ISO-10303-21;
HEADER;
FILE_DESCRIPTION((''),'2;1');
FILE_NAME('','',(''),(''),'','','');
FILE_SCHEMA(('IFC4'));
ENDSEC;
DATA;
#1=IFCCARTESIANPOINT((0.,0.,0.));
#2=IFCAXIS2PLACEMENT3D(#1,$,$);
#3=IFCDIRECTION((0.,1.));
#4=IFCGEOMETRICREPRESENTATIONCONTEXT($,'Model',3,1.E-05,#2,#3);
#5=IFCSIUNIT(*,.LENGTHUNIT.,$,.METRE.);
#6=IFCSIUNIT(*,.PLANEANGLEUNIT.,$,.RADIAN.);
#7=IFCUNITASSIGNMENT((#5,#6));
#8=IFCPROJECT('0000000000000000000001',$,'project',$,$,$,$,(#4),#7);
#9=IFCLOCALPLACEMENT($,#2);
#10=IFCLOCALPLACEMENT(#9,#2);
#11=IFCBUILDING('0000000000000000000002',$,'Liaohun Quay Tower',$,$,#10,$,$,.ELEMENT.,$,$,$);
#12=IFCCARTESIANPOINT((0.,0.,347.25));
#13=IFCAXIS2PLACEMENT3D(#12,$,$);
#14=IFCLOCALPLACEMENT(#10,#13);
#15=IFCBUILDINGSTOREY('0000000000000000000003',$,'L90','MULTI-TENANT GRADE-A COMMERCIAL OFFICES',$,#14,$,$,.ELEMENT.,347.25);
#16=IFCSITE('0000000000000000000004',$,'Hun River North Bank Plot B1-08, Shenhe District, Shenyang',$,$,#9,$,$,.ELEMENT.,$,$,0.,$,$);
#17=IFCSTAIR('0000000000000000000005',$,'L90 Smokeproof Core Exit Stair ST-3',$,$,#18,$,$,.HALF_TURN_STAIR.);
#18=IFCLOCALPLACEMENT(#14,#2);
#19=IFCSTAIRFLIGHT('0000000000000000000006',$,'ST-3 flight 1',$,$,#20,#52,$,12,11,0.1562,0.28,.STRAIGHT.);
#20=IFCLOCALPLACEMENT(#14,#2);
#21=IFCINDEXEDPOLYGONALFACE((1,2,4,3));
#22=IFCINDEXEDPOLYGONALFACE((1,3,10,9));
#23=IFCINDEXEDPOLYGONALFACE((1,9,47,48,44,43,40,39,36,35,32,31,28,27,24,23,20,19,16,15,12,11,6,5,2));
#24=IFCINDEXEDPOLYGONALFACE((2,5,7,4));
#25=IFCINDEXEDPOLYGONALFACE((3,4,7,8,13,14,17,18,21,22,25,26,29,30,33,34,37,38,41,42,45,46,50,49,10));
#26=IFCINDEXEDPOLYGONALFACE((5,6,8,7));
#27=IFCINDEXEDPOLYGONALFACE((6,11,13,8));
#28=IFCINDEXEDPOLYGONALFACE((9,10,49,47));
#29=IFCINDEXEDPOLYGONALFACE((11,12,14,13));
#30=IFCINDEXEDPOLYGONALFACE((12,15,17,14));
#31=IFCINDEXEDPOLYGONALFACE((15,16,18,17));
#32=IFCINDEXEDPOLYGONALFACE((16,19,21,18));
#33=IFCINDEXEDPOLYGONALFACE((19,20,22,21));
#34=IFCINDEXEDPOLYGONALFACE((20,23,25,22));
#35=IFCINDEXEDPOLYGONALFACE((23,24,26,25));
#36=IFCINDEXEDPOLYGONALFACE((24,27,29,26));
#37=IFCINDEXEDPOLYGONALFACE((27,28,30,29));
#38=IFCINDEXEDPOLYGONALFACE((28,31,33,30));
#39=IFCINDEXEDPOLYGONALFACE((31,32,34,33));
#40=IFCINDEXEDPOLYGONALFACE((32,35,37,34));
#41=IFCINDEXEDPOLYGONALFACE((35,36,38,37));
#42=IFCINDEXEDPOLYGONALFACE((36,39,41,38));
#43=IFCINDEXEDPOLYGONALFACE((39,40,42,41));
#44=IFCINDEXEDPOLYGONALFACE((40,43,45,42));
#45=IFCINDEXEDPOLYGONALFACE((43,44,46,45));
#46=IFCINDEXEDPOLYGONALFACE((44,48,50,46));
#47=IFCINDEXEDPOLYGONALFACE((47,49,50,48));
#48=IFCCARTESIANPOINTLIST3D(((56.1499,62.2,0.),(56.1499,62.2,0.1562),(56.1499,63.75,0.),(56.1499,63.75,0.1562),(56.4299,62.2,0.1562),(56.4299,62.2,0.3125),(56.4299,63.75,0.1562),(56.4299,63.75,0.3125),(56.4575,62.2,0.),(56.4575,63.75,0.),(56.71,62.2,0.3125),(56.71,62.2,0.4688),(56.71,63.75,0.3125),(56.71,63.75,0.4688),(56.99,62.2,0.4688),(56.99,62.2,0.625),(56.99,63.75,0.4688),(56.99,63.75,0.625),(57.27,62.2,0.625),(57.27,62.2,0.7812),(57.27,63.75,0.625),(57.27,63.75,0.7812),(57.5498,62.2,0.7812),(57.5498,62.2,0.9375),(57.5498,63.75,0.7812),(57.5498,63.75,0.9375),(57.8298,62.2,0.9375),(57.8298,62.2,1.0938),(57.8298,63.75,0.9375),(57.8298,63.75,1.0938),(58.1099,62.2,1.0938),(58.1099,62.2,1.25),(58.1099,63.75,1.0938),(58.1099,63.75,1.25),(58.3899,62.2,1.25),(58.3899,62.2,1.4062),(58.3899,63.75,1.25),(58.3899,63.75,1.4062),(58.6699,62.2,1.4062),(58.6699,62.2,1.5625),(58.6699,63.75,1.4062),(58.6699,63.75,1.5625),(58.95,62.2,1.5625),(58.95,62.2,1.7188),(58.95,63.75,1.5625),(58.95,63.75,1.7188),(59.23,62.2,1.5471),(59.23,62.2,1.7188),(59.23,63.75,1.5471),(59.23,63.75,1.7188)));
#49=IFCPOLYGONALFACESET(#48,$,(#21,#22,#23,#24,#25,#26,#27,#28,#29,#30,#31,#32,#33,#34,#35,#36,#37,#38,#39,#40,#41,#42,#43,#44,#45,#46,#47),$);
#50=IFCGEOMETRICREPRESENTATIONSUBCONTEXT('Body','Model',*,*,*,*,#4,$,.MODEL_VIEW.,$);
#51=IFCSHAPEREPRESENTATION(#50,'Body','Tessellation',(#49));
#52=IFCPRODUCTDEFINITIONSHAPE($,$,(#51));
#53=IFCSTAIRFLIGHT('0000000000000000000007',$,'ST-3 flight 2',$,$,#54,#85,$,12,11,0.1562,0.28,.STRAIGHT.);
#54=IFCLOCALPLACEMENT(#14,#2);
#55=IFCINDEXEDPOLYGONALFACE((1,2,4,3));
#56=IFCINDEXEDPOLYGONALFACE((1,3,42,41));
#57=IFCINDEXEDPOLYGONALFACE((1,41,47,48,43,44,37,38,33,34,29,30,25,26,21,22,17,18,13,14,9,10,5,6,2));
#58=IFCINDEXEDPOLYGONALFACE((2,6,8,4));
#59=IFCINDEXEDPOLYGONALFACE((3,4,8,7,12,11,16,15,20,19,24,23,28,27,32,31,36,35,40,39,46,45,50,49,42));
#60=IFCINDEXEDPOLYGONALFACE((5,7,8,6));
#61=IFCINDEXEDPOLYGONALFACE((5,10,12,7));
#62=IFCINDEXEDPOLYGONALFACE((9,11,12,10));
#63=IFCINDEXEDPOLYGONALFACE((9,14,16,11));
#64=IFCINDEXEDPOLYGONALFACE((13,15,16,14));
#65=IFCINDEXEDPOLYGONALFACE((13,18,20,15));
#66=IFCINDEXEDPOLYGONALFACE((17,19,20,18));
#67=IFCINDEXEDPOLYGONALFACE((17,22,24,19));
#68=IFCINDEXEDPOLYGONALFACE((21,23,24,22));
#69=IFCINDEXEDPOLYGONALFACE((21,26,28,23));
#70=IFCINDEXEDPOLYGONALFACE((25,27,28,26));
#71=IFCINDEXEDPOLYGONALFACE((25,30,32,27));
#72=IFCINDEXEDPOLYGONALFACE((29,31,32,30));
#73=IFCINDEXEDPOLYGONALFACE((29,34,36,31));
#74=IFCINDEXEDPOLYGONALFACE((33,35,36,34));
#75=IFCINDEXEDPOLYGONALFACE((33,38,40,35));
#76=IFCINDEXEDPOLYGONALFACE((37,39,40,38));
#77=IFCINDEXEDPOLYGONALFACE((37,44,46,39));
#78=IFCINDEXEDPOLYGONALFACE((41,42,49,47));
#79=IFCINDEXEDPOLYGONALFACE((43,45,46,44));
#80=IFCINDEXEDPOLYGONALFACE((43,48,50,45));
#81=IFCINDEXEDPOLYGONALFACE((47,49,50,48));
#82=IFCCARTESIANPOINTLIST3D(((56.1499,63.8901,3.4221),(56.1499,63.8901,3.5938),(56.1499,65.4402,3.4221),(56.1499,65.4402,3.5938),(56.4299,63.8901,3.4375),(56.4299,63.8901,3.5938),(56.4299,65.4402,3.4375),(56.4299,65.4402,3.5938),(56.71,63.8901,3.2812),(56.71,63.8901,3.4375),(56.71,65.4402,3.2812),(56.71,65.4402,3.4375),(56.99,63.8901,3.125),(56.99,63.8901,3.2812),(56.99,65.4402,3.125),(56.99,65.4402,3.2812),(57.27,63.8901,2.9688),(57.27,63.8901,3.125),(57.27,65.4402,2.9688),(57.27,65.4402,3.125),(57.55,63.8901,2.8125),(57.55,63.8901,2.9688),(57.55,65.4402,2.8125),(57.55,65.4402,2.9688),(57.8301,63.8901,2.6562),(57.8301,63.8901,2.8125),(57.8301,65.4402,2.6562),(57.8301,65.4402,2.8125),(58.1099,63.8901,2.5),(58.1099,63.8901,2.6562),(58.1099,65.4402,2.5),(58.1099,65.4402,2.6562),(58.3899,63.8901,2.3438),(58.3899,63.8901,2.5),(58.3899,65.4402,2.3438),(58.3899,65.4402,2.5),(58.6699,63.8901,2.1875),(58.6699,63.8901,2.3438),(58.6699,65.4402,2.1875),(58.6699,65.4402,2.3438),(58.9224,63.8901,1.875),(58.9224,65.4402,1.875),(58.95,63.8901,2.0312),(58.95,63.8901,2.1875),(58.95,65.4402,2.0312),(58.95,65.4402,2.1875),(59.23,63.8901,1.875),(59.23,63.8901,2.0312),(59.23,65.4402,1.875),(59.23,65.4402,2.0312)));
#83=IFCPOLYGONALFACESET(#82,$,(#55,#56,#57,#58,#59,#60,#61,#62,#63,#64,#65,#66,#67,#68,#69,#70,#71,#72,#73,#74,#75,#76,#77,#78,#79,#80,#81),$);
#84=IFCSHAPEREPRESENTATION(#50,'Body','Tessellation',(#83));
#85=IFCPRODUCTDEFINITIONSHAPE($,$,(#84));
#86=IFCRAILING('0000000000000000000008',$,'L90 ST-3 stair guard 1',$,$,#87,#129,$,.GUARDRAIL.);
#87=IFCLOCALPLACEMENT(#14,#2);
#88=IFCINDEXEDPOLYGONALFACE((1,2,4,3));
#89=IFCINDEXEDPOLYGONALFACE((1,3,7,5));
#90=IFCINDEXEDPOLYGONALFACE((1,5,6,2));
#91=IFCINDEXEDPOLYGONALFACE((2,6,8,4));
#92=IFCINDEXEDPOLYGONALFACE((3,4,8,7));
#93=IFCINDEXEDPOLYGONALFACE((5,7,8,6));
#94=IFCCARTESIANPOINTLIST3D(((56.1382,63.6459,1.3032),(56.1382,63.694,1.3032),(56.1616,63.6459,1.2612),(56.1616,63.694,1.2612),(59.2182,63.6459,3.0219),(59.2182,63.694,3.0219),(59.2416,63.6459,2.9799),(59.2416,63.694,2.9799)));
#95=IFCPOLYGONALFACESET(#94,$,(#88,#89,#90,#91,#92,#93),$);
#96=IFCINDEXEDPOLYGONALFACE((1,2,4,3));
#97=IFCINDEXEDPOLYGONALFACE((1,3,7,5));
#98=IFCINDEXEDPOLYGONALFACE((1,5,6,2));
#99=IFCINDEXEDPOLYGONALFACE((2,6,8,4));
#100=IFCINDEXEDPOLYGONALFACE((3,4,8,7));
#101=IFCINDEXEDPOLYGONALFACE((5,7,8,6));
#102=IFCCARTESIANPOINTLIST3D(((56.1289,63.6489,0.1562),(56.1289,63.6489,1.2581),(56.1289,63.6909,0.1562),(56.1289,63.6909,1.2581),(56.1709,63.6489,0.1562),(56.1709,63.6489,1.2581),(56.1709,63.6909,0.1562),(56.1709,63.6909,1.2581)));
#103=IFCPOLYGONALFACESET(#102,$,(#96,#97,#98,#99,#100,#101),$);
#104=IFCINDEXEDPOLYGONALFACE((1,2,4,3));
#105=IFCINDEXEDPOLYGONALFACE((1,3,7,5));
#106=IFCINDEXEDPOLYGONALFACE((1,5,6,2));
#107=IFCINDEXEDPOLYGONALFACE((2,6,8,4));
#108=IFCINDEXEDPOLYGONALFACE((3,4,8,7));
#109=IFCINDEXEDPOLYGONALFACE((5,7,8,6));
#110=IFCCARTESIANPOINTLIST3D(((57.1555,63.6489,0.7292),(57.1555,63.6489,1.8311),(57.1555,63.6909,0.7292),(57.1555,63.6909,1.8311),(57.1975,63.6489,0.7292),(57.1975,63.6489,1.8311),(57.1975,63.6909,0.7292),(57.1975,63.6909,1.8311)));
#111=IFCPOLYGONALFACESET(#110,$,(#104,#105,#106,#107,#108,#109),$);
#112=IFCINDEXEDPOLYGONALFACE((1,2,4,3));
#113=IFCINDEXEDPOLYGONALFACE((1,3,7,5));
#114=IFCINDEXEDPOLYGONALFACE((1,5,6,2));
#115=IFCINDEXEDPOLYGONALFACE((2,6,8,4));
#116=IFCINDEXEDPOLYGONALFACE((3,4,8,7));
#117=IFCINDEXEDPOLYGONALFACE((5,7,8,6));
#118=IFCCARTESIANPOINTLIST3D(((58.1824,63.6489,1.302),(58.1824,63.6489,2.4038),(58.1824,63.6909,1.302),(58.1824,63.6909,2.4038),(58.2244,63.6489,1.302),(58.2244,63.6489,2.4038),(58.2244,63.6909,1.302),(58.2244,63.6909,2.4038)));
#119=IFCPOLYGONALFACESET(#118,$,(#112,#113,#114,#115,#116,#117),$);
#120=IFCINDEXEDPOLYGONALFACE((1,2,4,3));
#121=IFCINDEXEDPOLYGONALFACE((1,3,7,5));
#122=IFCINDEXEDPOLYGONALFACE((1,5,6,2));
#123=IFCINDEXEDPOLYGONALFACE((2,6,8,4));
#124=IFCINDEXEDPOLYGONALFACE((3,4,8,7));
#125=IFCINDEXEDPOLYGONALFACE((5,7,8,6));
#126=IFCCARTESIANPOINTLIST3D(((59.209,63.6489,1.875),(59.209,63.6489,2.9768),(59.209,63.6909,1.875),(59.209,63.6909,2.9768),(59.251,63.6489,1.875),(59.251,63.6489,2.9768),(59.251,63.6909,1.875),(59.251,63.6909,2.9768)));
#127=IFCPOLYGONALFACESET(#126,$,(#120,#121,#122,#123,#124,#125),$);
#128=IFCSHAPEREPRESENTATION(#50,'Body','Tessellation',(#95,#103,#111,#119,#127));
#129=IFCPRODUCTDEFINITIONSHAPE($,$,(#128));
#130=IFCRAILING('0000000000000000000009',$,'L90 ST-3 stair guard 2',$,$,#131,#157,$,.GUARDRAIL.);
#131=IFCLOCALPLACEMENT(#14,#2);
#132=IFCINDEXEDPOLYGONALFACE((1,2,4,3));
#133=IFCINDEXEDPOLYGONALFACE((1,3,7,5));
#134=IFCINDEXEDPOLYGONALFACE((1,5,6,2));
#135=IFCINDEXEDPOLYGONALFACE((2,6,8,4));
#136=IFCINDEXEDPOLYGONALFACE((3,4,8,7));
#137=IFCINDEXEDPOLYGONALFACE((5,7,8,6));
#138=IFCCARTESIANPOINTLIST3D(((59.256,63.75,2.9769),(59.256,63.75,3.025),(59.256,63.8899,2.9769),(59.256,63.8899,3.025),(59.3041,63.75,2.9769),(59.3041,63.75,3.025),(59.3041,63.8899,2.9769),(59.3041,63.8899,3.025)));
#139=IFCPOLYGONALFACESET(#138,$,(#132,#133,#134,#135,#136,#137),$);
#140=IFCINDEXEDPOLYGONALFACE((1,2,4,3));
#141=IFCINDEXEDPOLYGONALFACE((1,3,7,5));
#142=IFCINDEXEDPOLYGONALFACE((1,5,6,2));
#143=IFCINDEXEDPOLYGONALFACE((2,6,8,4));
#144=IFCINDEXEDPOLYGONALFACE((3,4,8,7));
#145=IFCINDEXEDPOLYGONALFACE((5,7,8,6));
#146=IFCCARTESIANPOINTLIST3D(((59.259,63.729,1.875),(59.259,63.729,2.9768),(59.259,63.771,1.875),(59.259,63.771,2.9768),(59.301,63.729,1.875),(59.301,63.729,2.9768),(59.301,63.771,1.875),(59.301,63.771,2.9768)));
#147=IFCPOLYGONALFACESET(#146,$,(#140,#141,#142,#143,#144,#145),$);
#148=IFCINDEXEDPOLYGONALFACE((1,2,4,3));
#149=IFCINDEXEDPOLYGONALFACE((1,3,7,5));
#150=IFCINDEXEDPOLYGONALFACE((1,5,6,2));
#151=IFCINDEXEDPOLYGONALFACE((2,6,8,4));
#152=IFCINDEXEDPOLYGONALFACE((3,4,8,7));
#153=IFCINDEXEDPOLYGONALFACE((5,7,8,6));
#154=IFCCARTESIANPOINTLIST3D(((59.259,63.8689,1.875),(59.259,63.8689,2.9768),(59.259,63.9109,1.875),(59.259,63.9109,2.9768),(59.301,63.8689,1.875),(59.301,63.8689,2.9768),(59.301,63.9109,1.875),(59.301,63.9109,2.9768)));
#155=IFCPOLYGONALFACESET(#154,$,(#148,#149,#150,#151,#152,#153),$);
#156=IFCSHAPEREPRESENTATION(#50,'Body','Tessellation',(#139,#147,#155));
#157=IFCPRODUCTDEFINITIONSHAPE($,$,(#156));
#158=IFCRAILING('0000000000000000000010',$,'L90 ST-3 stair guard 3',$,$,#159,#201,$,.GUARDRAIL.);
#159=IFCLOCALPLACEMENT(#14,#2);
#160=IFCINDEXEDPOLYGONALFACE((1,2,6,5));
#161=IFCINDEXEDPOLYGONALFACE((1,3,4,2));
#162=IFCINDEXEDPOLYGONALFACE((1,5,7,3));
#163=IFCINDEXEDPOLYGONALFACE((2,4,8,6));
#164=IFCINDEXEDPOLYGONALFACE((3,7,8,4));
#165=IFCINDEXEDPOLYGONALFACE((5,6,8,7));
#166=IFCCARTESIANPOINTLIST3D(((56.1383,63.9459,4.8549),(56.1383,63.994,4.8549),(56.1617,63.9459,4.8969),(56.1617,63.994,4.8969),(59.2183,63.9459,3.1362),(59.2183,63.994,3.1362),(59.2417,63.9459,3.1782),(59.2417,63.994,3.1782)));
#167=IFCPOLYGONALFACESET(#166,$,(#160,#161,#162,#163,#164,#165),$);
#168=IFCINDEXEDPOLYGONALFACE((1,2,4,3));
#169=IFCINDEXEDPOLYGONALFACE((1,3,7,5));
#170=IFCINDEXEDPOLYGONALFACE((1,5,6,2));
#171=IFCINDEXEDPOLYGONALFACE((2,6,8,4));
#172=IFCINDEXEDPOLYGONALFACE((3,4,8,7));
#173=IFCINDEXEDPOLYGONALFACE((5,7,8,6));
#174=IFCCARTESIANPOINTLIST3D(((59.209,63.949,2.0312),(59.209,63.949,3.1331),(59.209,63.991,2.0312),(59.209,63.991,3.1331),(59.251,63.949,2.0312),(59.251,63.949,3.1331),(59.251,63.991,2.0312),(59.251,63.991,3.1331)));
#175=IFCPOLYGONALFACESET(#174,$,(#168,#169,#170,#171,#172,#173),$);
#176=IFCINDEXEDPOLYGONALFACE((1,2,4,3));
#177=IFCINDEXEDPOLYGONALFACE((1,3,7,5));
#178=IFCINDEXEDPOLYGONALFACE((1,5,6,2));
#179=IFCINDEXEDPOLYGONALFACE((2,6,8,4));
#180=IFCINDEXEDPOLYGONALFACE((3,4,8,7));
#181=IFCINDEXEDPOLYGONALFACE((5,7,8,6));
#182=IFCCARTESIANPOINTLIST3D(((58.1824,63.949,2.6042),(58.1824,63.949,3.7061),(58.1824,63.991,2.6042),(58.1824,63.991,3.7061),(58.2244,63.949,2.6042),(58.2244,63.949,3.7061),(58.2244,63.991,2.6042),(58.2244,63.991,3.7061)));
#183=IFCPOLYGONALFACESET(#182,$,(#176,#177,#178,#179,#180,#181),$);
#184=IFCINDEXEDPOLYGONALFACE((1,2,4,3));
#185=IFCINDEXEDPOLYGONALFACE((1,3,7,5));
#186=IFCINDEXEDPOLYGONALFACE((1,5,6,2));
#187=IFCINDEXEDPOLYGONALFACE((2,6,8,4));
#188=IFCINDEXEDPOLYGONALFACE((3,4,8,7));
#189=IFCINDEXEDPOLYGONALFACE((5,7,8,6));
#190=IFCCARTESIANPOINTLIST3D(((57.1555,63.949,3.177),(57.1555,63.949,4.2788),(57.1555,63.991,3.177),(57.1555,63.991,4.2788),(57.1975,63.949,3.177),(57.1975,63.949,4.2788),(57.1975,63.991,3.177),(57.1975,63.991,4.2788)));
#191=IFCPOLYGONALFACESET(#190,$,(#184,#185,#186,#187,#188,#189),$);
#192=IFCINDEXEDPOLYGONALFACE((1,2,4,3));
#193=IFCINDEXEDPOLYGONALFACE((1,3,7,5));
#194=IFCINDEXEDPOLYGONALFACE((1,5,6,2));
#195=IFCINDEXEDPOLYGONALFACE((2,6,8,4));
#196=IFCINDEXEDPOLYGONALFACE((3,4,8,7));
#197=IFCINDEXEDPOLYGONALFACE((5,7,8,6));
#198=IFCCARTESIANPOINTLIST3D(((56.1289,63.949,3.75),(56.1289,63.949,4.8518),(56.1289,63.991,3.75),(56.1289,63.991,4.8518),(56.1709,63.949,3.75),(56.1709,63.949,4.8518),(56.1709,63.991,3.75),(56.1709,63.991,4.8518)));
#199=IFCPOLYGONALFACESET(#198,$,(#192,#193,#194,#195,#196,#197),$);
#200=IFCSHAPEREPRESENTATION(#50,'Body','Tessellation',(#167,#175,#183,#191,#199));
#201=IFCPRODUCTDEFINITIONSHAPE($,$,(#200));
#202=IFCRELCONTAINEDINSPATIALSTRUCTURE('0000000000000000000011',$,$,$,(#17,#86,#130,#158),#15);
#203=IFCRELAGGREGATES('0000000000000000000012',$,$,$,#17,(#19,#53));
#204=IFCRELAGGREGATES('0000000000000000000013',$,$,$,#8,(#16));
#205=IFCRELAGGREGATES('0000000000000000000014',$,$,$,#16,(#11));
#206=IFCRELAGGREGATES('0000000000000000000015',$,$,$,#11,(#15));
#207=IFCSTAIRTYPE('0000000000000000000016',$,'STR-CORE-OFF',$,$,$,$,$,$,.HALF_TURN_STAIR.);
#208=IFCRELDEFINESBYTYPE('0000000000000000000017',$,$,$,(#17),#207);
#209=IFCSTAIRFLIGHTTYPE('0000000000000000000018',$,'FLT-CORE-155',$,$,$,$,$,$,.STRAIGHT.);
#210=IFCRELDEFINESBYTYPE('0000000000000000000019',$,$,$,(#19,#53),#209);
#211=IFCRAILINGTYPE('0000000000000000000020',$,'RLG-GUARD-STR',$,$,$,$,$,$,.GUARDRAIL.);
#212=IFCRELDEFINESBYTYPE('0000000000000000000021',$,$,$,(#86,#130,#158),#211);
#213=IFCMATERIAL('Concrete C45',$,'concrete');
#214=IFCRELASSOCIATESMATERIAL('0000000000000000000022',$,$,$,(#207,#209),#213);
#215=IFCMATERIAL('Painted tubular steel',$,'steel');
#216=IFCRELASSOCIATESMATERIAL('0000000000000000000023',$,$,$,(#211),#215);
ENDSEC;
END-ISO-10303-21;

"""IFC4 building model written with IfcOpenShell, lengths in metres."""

from ifc_helpers import new_model, si_unit, direction, frame, origin, origin_2d, place, context, subcontext, project, spatial, polyline, rectangle, outline, extrude, material, type_object, element, aggregate, save


model = new_model("IFC4")

# Units and contexts
model_context = context("Model", 3, precision=1e-05, world=origin(), true_north=direction((0.0, 1.0)))
body_context = subcontext(model_context, "Body", "Model", "MODEL_VIEW")
ifc_project = project(units=[si_unit("LENGTHUNIT", "METRE"), si_unit("PLANEANGLEUNIT", "RADIAN")], contexts=[model_context])

# Site, building, storey
site_placement = place(None, origin())
site = spatial("IfcSite", under=ifc_project, at=site_placement, Name="Hun River North Bank Plot B1-08, Shenhe District, Shenyang", CompositionType="ELEMENT", RefElevation=0.0)
building_placement = place(site_placement, origin())
building = spatial("IfcBuilding", under=site, at=building_placement, Name="Liaohun Quay Tower", CompositionType="ELEMENT")
storey_placement = place(building_placement, frame((0.0, 0.0, 347.25)))
storey = spatial("IfcBuildingStorey", under=building, at=storey_placement, Name="L90", Description="MULTI-TENANT GRADE-A COMMERCIAL OFFICES", CompositionType="ELEMENT", Elevation=347.25)

# Stair, stair flights
ifc_material_1 = material(Name="Concrete C45", Category="concrete")
stair_type = type_object("IfcStairType", Name="STR-CORE-OFF", PredefinedType="HALF_TURN_STAIR", material=ifc_material_1)
stair_placement = place(storey_placement, origin())
stair = element("IfcStair", 1, at=stair_placement, inside=storey, type_object=stair_type, Name="L90 Smokeproof Core Exit Stair ST-3", PredefinedType="HALF_TURN_STAIR")
stair_flight_type = type_object("IfcStairFlightType", Name="FLT-CORE-155", PredefinedType="STRAIGHT", material=ifc_material_1)
stair_flight_1_placement = place(storey_placement, frame((56.1499, 62.9751, 0.0), z_axis=(0.0, 0.0, 1.0), x_axis=(1.0, 0.0, 0.0)))
stair_flight_1 = element("IfcStairFlight", 2, at=stair_flight_1_placement, type_object=stair_flight_type, Name="ST-3 flight 1", NumberOfRisers=12, NumberOfTreads=11, PredefinedType="STRAIGHT", RiserHeight=0.1562, TreadLength=0.28, context=body_context, shape_type="SweptSolid", body=[
    extrude(outline(polyline([(0.0, 0.0), (0.0, 0.1562), (0.28, 0.1562), (0.28, 0.3125), (0.5601, 0.3125), (0.5601, 0.4688), (0.8401, 0.4688), (0.8401, 0.625), (1.1201, 0.625), (1.1201, 0.7812), (1.3999, 0.7812), (1.3999, 0.9375), (1.6799, 0.9375), (1.6799, 1.0938), (1.96, 1.0938), (1.96, 1.25), (2.24, 1.25), (2.24, 1.4062), (2.52, 1.4062), (2.52, 1.5625), (2.8, 1.5625), (2.8, 1.7188), (3.0801, 1.7188), (3.0801, 1.875), (3.0801, 1.5471), (0.3076, 0.0), (0.0, 0.0)])), frame((0.0, 0.7749, 0.0), z_axis=(0.0, -1.0, 0.0), x_axis=(1.0, 0.0, 0.0)), (0.0, 0.0, 1.0), 1.55),
])
stair_flight_2_placement = place(storey_placement, frame((59.23, 64.665, 1.875), z_axis=(0.0, 0.0, 1.0), x_axis=(-1.0, 0.0, 0.0)))
stair_flight_2 = element("IfcStairFlight", 3, at=stair_flight_2_placement, type_object=stair_flight_type, Name="ST-3 flight 2", NumberOfRisers=12, NumberOfTreads=11, PredefinedType="STRAIGHT", RiserHeight=0.1562, TreadLength=0.28, context=body_context, shape_type="SweptSolid", body=[
    extrude(outline(polyline([(0.0, 0.0), (0.0, 0.1562), (0.28, 0.1562), (0.28, 0.3125), (0.5601, 0.3125), (0.5601, 0.4688), (0.8401, 0.4688), (0.8401, 0.625), (1.1201, 0.625), (1.1201, 0.7812), (1.3999, 0.7812), (1.3999, 0.9375), (1.6799, 0.9375), (1.6799, 1.0938), (1.96, 1.0938), (1.96, 1.25), (2.24, 1.25), (2.24, 1.4062), (2.52, 1.4062), (2.52, 1.5625), (2.8, 1.5625), (2.8, 1.7188), (3.0801, 1.7188), (3.0801, 1.875), (3.0801, 1.5471), (0.3076, 0.0), (0.0, 0.0)])), frame((0.0, 0.7749, 0.0), z_axis=(0.0, -1.0, 0.0), x_axis=(1.0, 0.0, 0.0)), (0.0, 0.0, 1.0), 1.55),
])
aggregate(stair, [stair_flight_1, stair_flight_2])

# Railings
ifc_material_2 = material(Name="Painted tubular steel", Category="steel")
railing_type_1 = type_object("IfcRailingType", Name="RLG-GUARD-STR", PredefinedType="GUARDRAIL", material=ifc_material_2)
railing_1_placement = place(storey_placement, frame((56.1499, 63.6699, 0.1562)))
element("IfcRailing", 4, at=railing_1_placement, inside=storey, type_object=railing_type_1, Name="L90 ST-3 stair guard 1", PredefinedType="GUARDRAIL", context=body_context, shape_type="SweptSolid", body=[
    extrude(rectangle(XDim=0.0481, YDim=0.0481, at=origin_2d()), frame((0.0, 0.0, 1.126), z_axis=(0.873242, 0.0, 0.487288), x_axis=(0.0, 1.0, 0.0)), (0.0, 0.0, 1.0), 3.5271),
    extrude(rectangle(XDim=0.042, YDim=0.042, at=origin_2d()), origin(), (0.0, 0.0, 1.0), 1.1018),
    extrude(rectangle(XDim=0.042, YDim=0.042, at=origin_2d()), frame((1.0266, 0.0, 0.573)), (0.0, 0.0, 1.0), 1.1018),
    extrude(rectangle(XDim=0.042, YDim=0.042, at=origin_2d()), frame((2.0535, 0.0, 1.1458)), (0.0, 0.0, 1.0), 1.1018),
    extrude(rectangle(XDim=0.042, YDim=0.042, at=origin_2d()), frame((3.0801, 0.0, 1.7188)), (0.0, 0.0, 1.0), 1.1018),
])
railing_2_placement = place(storey_placement, frame((59.28, 63.75, 1.875)))
element("IfcRailing", 5, at=railing_2_placement, inside=storey, type_object=railing_type_1, Name="L90 ST-3 stair guard 2", PredefinedType="GUARDRAIL", context=body_context, shape_type="SweptSolid", body=[
    extrude(rectangle(XDim=0.0481, YDim=0.0481, at=origin_2d()), frame((0.0, 0.0, 1.126), z_axis=(0.0, 1.0, 0.0), x_axis=(-1.0, 0.0, 0.0)), (0.0, 0.0, 1.0), 0.1399),
    extrude(rectangle(XDim=0.042, YDim=0.042, at=origin_2d()), origin(), (0.0, 0.0, 1.0), 1.1018),
    extrude(rectangle(XDim=0.042, YDim=0.042, at=origin_2d()), frame((0.0, 0.1399, 0.0)), (0.0, 0.0, 1.0), 1.1018),
])
railing_3_placement = place(storey_placement, frame((59.23, 63.97, 2.0312)))
element("IfcRailing", 6, at=railing_3_placement, inside=storey, type_object=railing_type_1, Name="L90 ST-3 stair guard 3", PredefinedType="GUARDRAIL", context=body_context, shape_type="SweptSolid", body=[
    extrude(rectangle(XDim=0.0481, YDim=0.0481, at=origin_2d()), frame((0.0, 0.0, 1.126), z_axis=(-0.873242, 0.0, 0.487288), x_axis=(0.0, -1.0, 0.0)), (0.0, 0.0, 1.0), 3.5271),
    extrude(rectangle(XDim=0.042, YDim=0.042, at=origin_2d()), origin(), (0.0, 0.0, 1.0), 1.1018),
    extrude(rectangle(XDim=0.042, YDim=0.042, at=origin_2d()), frame((-1.0266, 0.0, 0.573)), (0.0, 0.0, 1.0), 1.1018),
    extrude(rectangle(XDim=0.042, YDim=0.042, at=origin_2d()), frame((-2.0535, 0.0, 1.1458)), (0.0, 0.0, 1.0), 1.1018),
    extrude(rectangle(XDim=0.042, YDim=0.042, at=origin_2d()), frame((-3.0801, 0.0, 1.7188)), (0.0, 0.0, 1.0), 1.1018),
])

save(model, "model.ifc")
